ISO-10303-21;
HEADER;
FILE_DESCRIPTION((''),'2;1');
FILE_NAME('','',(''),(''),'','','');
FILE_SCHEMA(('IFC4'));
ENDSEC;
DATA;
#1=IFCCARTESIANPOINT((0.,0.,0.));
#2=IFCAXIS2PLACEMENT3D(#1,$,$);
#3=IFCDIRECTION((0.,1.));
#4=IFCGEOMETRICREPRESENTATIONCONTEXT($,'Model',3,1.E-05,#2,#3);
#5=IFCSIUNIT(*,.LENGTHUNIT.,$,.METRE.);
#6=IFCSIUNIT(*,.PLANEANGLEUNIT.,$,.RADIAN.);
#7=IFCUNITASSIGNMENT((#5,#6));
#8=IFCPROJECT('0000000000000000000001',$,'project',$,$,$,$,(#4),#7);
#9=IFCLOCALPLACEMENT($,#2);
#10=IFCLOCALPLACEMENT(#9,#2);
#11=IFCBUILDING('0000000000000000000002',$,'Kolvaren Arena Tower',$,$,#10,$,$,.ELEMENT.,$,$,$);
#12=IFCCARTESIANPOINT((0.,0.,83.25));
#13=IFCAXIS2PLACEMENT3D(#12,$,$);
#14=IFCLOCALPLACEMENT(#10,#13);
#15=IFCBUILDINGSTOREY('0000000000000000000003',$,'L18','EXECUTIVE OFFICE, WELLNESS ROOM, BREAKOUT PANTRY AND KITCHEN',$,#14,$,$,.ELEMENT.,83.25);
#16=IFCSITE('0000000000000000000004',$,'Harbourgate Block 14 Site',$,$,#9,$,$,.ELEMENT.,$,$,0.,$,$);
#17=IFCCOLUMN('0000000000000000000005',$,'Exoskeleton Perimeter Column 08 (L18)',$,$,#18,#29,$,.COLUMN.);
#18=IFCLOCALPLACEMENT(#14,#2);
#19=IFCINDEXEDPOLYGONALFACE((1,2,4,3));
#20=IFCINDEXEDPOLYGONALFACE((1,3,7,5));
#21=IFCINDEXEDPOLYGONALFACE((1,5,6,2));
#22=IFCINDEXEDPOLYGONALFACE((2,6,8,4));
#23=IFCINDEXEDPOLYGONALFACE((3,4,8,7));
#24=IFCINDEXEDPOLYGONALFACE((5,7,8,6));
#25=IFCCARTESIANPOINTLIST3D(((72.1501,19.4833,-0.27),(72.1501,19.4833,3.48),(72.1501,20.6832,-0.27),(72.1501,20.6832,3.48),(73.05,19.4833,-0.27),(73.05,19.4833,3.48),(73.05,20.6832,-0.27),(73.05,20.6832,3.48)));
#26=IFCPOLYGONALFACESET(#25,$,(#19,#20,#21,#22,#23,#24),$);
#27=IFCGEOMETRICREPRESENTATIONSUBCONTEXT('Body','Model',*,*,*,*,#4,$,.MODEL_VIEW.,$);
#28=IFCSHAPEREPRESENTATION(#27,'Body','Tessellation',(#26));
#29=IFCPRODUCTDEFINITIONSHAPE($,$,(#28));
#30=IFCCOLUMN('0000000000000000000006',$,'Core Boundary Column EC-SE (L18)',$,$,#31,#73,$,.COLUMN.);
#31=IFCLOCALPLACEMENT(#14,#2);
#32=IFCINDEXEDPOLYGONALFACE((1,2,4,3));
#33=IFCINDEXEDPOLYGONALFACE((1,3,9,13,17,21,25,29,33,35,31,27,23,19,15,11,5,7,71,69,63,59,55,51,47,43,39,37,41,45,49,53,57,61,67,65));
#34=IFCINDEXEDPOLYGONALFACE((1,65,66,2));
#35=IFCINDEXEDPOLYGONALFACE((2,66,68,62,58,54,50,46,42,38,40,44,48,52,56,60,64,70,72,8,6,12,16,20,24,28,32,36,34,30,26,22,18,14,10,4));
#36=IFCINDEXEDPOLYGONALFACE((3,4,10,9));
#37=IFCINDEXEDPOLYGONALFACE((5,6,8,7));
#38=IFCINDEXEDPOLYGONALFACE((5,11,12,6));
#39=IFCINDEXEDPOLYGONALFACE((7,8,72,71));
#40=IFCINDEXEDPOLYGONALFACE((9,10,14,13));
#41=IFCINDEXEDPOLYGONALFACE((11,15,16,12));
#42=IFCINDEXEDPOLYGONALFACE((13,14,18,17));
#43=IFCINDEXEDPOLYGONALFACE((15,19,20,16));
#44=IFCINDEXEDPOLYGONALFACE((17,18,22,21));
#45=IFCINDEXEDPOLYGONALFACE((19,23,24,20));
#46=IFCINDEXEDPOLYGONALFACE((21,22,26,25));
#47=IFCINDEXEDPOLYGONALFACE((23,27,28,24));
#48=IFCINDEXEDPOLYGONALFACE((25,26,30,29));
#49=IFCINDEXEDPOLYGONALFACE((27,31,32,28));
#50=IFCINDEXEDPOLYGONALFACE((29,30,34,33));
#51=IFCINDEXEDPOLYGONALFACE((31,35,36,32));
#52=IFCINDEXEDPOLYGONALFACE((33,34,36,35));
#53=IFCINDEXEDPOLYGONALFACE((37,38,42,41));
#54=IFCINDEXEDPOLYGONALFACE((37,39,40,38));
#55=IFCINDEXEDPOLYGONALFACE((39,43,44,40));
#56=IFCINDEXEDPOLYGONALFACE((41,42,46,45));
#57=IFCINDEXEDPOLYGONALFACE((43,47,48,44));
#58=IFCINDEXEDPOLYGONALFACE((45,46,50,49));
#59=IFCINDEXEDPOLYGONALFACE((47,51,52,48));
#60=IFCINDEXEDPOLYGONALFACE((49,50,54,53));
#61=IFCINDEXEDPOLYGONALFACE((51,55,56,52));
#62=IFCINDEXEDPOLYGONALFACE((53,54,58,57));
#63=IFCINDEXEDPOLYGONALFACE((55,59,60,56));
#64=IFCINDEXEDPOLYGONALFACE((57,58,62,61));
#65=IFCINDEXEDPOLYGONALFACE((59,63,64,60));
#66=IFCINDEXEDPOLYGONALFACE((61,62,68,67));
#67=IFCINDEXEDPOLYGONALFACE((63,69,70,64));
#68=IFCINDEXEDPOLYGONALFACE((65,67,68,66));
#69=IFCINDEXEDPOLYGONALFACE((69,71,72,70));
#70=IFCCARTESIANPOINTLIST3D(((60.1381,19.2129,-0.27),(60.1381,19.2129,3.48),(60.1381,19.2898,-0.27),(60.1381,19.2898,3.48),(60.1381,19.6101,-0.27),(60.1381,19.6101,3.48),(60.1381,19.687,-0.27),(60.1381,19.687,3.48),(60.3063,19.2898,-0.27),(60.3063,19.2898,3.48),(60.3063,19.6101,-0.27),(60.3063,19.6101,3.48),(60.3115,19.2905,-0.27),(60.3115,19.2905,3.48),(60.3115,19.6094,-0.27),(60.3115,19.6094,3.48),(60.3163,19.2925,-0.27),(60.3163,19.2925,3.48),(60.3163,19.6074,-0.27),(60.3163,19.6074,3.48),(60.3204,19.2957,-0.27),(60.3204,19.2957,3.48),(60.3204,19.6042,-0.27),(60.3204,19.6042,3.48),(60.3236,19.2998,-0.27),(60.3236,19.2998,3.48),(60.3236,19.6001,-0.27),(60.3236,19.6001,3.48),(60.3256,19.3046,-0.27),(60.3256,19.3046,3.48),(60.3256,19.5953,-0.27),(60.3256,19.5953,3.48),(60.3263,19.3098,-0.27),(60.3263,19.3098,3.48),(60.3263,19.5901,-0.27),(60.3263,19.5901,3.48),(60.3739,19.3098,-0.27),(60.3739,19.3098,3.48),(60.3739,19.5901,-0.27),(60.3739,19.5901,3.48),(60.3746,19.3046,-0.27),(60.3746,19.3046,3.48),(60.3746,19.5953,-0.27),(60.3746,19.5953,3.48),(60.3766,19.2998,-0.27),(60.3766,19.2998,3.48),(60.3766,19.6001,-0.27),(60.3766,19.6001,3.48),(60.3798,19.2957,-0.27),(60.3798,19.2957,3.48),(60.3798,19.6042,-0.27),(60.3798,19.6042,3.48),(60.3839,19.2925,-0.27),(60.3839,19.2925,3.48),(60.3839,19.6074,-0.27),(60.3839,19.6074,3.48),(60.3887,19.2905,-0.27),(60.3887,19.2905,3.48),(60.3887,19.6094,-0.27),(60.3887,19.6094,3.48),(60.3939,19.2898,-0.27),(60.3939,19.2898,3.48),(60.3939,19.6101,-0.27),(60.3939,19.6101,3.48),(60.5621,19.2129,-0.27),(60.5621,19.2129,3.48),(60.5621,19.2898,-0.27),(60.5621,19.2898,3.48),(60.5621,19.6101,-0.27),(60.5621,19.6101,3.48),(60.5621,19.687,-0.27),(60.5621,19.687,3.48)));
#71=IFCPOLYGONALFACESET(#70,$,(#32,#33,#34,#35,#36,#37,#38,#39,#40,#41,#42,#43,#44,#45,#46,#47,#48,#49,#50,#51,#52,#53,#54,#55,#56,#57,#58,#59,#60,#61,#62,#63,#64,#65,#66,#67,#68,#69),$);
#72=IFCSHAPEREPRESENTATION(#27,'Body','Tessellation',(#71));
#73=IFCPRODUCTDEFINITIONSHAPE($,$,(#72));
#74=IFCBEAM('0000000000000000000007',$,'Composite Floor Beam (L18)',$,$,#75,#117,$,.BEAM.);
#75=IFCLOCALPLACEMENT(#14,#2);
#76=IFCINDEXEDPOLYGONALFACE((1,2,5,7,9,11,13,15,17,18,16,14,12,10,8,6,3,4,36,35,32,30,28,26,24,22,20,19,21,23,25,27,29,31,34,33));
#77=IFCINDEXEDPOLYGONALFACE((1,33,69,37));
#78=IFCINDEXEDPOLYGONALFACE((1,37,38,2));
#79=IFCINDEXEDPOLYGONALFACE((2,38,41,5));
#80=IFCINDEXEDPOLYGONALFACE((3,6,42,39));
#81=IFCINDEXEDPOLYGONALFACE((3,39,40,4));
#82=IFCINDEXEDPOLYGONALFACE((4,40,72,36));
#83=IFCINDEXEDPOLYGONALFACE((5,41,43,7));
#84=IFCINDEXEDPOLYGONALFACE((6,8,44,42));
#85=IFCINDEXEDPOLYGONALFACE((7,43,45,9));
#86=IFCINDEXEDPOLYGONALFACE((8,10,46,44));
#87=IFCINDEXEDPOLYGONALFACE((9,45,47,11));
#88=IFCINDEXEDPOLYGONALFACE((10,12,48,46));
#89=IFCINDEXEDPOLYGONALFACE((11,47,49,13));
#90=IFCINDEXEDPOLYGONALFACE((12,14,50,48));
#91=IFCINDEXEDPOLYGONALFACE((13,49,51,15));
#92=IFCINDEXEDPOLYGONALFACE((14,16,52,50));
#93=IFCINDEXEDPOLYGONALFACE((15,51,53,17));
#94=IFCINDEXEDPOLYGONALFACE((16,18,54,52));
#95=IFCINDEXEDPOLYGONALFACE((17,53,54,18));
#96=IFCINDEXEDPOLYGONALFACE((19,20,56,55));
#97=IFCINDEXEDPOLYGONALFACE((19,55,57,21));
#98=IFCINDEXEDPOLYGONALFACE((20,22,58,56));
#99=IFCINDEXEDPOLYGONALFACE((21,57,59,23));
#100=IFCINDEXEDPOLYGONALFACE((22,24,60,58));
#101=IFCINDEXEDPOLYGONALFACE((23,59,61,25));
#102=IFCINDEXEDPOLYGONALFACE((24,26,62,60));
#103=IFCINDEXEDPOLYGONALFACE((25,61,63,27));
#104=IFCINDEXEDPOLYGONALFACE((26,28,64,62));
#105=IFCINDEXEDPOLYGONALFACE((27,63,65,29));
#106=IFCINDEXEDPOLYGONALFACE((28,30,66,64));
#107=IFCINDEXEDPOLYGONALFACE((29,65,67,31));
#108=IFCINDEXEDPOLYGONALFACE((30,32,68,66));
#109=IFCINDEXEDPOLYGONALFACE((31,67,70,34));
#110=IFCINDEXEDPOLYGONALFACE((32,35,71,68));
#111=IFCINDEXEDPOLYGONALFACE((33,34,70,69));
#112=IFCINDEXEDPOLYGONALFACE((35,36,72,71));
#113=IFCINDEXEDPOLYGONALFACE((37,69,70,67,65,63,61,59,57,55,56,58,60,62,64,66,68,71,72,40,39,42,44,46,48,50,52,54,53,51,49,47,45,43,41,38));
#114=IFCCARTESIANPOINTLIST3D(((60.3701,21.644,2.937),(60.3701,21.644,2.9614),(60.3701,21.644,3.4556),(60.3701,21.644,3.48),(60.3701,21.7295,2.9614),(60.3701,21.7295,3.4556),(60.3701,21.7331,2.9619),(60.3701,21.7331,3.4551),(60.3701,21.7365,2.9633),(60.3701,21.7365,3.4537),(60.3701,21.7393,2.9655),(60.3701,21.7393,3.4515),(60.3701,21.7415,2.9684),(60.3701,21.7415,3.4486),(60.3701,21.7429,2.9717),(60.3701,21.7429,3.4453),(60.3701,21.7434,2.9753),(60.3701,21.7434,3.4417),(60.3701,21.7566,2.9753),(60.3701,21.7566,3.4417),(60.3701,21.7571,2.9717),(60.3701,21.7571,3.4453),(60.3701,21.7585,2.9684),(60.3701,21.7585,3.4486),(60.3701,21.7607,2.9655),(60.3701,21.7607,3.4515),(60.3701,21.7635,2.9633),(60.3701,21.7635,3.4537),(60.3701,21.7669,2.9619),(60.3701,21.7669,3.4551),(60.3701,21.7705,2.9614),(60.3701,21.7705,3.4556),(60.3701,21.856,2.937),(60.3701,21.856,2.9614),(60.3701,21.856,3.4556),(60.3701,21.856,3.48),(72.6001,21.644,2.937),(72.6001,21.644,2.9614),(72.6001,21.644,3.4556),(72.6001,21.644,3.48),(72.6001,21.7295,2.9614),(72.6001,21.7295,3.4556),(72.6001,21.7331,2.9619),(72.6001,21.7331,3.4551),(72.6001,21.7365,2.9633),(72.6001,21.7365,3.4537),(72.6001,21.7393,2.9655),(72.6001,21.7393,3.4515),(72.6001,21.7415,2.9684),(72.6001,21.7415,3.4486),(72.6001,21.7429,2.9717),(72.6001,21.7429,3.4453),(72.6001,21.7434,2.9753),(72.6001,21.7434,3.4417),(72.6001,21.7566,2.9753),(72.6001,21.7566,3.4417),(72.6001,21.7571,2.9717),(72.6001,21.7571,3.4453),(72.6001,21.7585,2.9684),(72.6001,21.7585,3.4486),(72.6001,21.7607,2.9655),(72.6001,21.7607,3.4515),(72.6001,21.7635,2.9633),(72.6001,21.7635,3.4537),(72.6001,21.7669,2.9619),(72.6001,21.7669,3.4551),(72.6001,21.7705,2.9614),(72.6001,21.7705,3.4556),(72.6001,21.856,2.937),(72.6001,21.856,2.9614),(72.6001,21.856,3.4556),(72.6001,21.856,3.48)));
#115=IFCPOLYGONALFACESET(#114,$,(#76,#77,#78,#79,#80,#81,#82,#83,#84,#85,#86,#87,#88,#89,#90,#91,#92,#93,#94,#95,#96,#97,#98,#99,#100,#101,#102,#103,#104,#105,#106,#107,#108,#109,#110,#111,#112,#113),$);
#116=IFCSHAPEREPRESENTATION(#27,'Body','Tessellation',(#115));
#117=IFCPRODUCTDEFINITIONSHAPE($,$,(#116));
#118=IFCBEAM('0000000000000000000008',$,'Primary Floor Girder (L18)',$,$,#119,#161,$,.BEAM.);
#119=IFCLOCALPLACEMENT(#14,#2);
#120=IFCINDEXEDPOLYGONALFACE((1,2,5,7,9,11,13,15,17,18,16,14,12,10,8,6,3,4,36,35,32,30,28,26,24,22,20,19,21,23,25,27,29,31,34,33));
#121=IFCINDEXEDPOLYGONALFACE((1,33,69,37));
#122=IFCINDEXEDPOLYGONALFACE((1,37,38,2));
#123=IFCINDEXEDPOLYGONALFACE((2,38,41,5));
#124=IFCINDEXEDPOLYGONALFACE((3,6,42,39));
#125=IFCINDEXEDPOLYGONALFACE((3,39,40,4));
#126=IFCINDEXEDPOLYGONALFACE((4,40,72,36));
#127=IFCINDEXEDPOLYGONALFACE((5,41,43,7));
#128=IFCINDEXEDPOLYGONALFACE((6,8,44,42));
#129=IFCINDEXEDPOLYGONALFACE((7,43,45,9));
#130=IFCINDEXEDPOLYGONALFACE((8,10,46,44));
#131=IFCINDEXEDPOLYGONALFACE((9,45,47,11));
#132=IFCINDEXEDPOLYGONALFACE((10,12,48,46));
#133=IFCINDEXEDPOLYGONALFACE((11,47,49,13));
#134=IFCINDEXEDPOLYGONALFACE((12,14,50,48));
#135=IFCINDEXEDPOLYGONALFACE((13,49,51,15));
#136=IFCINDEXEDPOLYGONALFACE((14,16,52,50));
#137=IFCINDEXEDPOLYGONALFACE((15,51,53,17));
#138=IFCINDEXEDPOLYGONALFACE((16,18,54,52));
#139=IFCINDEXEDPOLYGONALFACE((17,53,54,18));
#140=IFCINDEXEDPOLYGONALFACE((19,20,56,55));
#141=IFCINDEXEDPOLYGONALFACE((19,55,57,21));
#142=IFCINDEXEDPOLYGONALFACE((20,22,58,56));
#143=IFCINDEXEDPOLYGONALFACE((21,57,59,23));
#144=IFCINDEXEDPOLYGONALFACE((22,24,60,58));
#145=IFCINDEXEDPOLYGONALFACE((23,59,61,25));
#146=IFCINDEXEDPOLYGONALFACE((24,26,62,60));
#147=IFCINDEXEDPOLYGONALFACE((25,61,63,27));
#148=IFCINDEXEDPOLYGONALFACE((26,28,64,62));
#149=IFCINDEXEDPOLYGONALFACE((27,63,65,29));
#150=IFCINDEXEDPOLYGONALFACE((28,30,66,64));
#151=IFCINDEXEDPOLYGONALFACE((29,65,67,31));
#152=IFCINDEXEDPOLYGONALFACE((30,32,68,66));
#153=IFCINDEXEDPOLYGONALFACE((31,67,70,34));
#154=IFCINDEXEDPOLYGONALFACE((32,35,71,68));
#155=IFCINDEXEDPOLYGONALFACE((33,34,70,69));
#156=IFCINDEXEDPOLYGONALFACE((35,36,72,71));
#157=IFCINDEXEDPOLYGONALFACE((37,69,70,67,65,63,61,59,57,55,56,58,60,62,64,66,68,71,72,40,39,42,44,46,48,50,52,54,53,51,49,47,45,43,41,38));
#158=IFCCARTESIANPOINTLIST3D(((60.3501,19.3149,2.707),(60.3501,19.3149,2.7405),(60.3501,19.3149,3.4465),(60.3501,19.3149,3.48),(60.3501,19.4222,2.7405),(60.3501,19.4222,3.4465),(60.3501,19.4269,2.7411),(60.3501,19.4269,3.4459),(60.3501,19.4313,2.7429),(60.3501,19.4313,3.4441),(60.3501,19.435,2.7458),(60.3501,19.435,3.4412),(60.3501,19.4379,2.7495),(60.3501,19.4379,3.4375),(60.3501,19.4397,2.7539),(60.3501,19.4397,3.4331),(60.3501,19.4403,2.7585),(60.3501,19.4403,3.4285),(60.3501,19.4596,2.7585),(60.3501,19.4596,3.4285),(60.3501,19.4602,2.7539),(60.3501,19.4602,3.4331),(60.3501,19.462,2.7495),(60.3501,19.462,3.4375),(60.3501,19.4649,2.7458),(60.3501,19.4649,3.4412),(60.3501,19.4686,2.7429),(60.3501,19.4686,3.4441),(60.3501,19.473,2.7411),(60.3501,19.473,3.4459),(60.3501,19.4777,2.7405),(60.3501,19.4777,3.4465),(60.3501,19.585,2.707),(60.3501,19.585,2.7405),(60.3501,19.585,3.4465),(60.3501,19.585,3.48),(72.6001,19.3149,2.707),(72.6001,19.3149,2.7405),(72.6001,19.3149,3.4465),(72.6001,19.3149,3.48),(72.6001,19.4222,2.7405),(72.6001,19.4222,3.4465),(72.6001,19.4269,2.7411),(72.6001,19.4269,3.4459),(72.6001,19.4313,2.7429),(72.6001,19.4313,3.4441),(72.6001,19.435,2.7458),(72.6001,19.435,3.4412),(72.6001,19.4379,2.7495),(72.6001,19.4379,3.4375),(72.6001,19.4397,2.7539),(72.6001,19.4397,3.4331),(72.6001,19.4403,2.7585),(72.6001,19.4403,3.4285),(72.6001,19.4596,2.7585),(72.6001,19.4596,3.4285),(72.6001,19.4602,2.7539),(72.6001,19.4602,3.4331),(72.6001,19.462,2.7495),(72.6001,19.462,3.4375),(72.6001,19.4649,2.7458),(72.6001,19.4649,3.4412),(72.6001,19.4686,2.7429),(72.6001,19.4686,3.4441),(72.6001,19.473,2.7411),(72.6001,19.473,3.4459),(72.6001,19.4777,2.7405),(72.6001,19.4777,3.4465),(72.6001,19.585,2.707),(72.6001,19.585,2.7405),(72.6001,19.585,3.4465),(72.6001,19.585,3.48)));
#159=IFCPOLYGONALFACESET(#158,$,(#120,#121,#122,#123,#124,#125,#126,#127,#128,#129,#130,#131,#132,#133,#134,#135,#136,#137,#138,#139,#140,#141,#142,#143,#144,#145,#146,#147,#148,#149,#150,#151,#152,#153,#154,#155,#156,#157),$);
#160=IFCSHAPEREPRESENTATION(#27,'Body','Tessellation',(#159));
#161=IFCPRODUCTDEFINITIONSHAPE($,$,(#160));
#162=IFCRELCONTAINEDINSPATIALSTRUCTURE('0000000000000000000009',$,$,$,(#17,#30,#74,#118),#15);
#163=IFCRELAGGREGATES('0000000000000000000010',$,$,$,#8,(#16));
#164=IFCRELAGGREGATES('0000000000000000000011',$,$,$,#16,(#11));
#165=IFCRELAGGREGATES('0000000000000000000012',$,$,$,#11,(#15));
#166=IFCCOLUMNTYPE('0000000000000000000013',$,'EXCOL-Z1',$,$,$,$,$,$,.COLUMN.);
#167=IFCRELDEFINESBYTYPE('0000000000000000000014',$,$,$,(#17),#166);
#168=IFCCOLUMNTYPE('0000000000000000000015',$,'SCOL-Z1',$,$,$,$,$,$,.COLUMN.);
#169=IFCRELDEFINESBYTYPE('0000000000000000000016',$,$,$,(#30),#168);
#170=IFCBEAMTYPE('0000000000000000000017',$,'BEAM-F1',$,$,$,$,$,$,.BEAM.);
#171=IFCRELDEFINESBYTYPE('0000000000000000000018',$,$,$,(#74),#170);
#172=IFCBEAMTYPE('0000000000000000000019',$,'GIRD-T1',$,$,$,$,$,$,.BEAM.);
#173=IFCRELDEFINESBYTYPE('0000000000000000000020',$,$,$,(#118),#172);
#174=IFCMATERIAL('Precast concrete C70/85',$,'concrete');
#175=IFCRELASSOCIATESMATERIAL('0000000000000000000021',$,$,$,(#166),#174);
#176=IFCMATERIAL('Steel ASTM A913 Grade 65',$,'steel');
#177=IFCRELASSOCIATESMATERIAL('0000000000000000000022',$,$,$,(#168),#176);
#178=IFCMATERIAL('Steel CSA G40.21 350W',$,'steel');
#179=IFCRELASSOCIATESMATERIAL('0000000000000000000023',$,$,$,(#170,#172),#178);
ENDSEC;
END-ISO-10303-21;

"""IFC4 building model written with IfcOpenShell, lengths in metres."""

from ifc_helpers import new_model, si_unit, direction, frame, origin, origin_2d, place, context, subcontext, project, spatial, rectangle, i_section, extrude, material, material_profile, profile_set, type_object, element, save


model = new_model("IFC4")

# Units and contexts
model_context = context("Model", 3, precision=1e-05, world=origin(), true_north=direction((0.0, 1.0)))
body_context = subcontext(model_context, "Body", "Model", "MODEL_VIEW")
ifc_project = project(units=[si_unit("LENGTHUNIT", "METRE"), si_unit("PLANEANGLEUNIT", "RADIAN")], contexts=[model_context])

# Site, building, storey
site_placement = place(None, origin())
site = spatial("IfcSite", under=ifc_project, at=site_placement, Name="Harbourgate Block 14 Site", CompositionType="ELEMENT", RefElevation=0.0)
building_placement = place(site_placement, origin())
building = spatial("IfcBuilding", under=site, at=building_placement, Name="Kolvaren Arena Tower", CompositionType="ELEMENT")
storey_placement = place(building_placement, frame((0.0, 0.0, 83.25)))
storey = spatial("IfcBuildingStorey", under=building, at=storey_placement, Name="L18", Description="EXECUTIVE OFFICE, WELLNESS ROOM, BREAKOUT PANTRY AND KITCHEN", CompositionType="ELEMENT", Elevation=83.25)

# Columns
ifc_material_1 = material(Name="Precast concrete C70/85", Category="concrete")
ifc_material_profile_1 = material_profile(ifc_material_1, rectangle(XDim=1.2, YDim=0.8999, at=origin_2d()), Name="RC-1200x900")
ifc_profile_set_1 = profile_set([ifc_material_profile_1], Name="Precast concrete C70/85")
column_type_1 = type_object("IfcColumnType", Name="EXCOL-Z1", PredefinedType="COLUMN", material=ifc_profile_set_1)
column_1_placement = place(storey_placement, frame((72.6001, 20.0833, -0.27), z_axis=(0.0, 0.0, 1.0), x_axis=(0.0, 1.0, 0.0)))
element("IfcColumn", 1, at=column_1_placement, inside=storey, type_object=column_type_1, Name="Exoskeleton Perimeter Column 08 (L18)", PredefinedType="COLUMN", context=body_context, shape_type="SweptSolid", body=[
    extrude(rectangle(XDim=1.2, YDim=0.8999, at=origin_2d()), origin(), (0.0, 0.0, 1.0), 3.75),
])
ifc_material_2 = material(Name="Steel ASTM A913 Grade 65", Category="steel")
ifc_material_profile_2 = material_profile(ifc_material_2, i_section(OverallWidth=0.4241, OverallDepth=0.4741, WebThickness=0.0476, FlangeThickness=0.0769, FilletRadius=0.02, at=origin_2d()), Name="W360x634")
ifc_profile_set_2 = profile_set([ifc_material_profile_2], Name="Steel ASTM A913 Grade 65")
column_type_2 = type_object("IfcColumnType", Name="SCOL-Z1", PredefinedType="COLUMN", material=ifc_profile_set_2)
column_2_placement = place(storey_placement, frame((60.3501, 19.45, -0.27), z_axis=(0.0, 0.0, 1.0), x_axis=(1.0, 0.0, 0.0)))
element("IfcColumn", 2, at=column_2_placement, inside=storey, type_object=column_type_2, Name="Core Boundary Column EC-SE (L18)", PredefinedType="COLUMN", context=body_context, shape_type="SweptSolid", body=[
    extrude(i_section(OverallWidth=0.4241, OverallDepth=0.4741, WebThickness=0.0476, FlangeThickness=0.0769, FilletRadius=0.02, at=origin_2d()), origin(), (0.0, 0.0, 1.0), 3.75),
])

# Beams
ifc_material_3 = material(Name="Steel CSA G40.21 350W", Category="steel")
ifc_material_profile_3 = material_profile(ifc_material_3, i_section(OverallWidth=0.2119, OverallDepth=0.543, WebThickness=0.0132, FlangeThickness=0.0244, FilletRadius=0.0139, at=origin_2d()), Name="W530x150")
ifc_profile_set_3 = profile_set([ifc_material_profile_3], Name="Steel CSA G40.21 350W")
beam_type_1 = type_object("IfcBeamType", Name="BEAM-F1", PredefinedType="BEAM", material=ifc_profile_set_3)
beam_1_placement = place(storey_placement, frame((60.3701, 21.75, 3.2085), z_axis=(1.0, 0.0, 0.0), x_axis=(0.0, 1.0, 0.0)))
element("IfcBeam", 3, at=beam_1_placement, inside=storey, type_object=beam_type_1, Name="Composite Floor Beam (L18)", PredefinedType="BEAM", context=body_context, shape_type="SweptSolid", body=[
    extrude(i_section(OverallWidth=0.2119, OverallDepth=0.543, WebThickness=0.0132, FlangeThickness=0.0244, FilletRadius=0.0139, at=origin_2d()), origin(), (0.0, 0.0, 1.0), 12.23),
])
ifc_material_profile_4 = material_profile(ifc_material_3, i_section(OverallWidth=0.27, OverallDepth=0.7729, WebThickness=0.0193, FlangeThickness=0.0334, FilletRadius=0.0181, at=origin_2d()), Name="W760x257")
ifc_profile_set_4 = profile_set([ifc_material_profile_4], Name="Steel CSA G40.21 350W")
beam_type_2 = type_object("IfcBeamType", Name="GIRD-T1", PredefinedType="BEAM", material=ifc_profile_set_4)
beam_2_placement = place(storey_placement, frame((60.3501, 19.45, 3.0935), z_axis=(1.0, 0.0, 0.0), x_axis=(0.0, 1.0, 0.0)))
element("IfcBeam", 4, at=beam_2_placement, inside=storey, type_object=beam_type_2, Name="Primary Floor Girder (L18)", PredefinedType="BEAM", context=body_context, shape_type="SweptSolid", body=[
    extrude(i_section(OverallWidth=0.27, OverallDepth=0.7729, WebThickness=0.0193, FlangeThickness=0.0334, FilletRadius=0.0181, at=origin_2d()), origin(), (0.0, 0.0, 1.0), 12.25),
])

save(model, "model.ifc")
